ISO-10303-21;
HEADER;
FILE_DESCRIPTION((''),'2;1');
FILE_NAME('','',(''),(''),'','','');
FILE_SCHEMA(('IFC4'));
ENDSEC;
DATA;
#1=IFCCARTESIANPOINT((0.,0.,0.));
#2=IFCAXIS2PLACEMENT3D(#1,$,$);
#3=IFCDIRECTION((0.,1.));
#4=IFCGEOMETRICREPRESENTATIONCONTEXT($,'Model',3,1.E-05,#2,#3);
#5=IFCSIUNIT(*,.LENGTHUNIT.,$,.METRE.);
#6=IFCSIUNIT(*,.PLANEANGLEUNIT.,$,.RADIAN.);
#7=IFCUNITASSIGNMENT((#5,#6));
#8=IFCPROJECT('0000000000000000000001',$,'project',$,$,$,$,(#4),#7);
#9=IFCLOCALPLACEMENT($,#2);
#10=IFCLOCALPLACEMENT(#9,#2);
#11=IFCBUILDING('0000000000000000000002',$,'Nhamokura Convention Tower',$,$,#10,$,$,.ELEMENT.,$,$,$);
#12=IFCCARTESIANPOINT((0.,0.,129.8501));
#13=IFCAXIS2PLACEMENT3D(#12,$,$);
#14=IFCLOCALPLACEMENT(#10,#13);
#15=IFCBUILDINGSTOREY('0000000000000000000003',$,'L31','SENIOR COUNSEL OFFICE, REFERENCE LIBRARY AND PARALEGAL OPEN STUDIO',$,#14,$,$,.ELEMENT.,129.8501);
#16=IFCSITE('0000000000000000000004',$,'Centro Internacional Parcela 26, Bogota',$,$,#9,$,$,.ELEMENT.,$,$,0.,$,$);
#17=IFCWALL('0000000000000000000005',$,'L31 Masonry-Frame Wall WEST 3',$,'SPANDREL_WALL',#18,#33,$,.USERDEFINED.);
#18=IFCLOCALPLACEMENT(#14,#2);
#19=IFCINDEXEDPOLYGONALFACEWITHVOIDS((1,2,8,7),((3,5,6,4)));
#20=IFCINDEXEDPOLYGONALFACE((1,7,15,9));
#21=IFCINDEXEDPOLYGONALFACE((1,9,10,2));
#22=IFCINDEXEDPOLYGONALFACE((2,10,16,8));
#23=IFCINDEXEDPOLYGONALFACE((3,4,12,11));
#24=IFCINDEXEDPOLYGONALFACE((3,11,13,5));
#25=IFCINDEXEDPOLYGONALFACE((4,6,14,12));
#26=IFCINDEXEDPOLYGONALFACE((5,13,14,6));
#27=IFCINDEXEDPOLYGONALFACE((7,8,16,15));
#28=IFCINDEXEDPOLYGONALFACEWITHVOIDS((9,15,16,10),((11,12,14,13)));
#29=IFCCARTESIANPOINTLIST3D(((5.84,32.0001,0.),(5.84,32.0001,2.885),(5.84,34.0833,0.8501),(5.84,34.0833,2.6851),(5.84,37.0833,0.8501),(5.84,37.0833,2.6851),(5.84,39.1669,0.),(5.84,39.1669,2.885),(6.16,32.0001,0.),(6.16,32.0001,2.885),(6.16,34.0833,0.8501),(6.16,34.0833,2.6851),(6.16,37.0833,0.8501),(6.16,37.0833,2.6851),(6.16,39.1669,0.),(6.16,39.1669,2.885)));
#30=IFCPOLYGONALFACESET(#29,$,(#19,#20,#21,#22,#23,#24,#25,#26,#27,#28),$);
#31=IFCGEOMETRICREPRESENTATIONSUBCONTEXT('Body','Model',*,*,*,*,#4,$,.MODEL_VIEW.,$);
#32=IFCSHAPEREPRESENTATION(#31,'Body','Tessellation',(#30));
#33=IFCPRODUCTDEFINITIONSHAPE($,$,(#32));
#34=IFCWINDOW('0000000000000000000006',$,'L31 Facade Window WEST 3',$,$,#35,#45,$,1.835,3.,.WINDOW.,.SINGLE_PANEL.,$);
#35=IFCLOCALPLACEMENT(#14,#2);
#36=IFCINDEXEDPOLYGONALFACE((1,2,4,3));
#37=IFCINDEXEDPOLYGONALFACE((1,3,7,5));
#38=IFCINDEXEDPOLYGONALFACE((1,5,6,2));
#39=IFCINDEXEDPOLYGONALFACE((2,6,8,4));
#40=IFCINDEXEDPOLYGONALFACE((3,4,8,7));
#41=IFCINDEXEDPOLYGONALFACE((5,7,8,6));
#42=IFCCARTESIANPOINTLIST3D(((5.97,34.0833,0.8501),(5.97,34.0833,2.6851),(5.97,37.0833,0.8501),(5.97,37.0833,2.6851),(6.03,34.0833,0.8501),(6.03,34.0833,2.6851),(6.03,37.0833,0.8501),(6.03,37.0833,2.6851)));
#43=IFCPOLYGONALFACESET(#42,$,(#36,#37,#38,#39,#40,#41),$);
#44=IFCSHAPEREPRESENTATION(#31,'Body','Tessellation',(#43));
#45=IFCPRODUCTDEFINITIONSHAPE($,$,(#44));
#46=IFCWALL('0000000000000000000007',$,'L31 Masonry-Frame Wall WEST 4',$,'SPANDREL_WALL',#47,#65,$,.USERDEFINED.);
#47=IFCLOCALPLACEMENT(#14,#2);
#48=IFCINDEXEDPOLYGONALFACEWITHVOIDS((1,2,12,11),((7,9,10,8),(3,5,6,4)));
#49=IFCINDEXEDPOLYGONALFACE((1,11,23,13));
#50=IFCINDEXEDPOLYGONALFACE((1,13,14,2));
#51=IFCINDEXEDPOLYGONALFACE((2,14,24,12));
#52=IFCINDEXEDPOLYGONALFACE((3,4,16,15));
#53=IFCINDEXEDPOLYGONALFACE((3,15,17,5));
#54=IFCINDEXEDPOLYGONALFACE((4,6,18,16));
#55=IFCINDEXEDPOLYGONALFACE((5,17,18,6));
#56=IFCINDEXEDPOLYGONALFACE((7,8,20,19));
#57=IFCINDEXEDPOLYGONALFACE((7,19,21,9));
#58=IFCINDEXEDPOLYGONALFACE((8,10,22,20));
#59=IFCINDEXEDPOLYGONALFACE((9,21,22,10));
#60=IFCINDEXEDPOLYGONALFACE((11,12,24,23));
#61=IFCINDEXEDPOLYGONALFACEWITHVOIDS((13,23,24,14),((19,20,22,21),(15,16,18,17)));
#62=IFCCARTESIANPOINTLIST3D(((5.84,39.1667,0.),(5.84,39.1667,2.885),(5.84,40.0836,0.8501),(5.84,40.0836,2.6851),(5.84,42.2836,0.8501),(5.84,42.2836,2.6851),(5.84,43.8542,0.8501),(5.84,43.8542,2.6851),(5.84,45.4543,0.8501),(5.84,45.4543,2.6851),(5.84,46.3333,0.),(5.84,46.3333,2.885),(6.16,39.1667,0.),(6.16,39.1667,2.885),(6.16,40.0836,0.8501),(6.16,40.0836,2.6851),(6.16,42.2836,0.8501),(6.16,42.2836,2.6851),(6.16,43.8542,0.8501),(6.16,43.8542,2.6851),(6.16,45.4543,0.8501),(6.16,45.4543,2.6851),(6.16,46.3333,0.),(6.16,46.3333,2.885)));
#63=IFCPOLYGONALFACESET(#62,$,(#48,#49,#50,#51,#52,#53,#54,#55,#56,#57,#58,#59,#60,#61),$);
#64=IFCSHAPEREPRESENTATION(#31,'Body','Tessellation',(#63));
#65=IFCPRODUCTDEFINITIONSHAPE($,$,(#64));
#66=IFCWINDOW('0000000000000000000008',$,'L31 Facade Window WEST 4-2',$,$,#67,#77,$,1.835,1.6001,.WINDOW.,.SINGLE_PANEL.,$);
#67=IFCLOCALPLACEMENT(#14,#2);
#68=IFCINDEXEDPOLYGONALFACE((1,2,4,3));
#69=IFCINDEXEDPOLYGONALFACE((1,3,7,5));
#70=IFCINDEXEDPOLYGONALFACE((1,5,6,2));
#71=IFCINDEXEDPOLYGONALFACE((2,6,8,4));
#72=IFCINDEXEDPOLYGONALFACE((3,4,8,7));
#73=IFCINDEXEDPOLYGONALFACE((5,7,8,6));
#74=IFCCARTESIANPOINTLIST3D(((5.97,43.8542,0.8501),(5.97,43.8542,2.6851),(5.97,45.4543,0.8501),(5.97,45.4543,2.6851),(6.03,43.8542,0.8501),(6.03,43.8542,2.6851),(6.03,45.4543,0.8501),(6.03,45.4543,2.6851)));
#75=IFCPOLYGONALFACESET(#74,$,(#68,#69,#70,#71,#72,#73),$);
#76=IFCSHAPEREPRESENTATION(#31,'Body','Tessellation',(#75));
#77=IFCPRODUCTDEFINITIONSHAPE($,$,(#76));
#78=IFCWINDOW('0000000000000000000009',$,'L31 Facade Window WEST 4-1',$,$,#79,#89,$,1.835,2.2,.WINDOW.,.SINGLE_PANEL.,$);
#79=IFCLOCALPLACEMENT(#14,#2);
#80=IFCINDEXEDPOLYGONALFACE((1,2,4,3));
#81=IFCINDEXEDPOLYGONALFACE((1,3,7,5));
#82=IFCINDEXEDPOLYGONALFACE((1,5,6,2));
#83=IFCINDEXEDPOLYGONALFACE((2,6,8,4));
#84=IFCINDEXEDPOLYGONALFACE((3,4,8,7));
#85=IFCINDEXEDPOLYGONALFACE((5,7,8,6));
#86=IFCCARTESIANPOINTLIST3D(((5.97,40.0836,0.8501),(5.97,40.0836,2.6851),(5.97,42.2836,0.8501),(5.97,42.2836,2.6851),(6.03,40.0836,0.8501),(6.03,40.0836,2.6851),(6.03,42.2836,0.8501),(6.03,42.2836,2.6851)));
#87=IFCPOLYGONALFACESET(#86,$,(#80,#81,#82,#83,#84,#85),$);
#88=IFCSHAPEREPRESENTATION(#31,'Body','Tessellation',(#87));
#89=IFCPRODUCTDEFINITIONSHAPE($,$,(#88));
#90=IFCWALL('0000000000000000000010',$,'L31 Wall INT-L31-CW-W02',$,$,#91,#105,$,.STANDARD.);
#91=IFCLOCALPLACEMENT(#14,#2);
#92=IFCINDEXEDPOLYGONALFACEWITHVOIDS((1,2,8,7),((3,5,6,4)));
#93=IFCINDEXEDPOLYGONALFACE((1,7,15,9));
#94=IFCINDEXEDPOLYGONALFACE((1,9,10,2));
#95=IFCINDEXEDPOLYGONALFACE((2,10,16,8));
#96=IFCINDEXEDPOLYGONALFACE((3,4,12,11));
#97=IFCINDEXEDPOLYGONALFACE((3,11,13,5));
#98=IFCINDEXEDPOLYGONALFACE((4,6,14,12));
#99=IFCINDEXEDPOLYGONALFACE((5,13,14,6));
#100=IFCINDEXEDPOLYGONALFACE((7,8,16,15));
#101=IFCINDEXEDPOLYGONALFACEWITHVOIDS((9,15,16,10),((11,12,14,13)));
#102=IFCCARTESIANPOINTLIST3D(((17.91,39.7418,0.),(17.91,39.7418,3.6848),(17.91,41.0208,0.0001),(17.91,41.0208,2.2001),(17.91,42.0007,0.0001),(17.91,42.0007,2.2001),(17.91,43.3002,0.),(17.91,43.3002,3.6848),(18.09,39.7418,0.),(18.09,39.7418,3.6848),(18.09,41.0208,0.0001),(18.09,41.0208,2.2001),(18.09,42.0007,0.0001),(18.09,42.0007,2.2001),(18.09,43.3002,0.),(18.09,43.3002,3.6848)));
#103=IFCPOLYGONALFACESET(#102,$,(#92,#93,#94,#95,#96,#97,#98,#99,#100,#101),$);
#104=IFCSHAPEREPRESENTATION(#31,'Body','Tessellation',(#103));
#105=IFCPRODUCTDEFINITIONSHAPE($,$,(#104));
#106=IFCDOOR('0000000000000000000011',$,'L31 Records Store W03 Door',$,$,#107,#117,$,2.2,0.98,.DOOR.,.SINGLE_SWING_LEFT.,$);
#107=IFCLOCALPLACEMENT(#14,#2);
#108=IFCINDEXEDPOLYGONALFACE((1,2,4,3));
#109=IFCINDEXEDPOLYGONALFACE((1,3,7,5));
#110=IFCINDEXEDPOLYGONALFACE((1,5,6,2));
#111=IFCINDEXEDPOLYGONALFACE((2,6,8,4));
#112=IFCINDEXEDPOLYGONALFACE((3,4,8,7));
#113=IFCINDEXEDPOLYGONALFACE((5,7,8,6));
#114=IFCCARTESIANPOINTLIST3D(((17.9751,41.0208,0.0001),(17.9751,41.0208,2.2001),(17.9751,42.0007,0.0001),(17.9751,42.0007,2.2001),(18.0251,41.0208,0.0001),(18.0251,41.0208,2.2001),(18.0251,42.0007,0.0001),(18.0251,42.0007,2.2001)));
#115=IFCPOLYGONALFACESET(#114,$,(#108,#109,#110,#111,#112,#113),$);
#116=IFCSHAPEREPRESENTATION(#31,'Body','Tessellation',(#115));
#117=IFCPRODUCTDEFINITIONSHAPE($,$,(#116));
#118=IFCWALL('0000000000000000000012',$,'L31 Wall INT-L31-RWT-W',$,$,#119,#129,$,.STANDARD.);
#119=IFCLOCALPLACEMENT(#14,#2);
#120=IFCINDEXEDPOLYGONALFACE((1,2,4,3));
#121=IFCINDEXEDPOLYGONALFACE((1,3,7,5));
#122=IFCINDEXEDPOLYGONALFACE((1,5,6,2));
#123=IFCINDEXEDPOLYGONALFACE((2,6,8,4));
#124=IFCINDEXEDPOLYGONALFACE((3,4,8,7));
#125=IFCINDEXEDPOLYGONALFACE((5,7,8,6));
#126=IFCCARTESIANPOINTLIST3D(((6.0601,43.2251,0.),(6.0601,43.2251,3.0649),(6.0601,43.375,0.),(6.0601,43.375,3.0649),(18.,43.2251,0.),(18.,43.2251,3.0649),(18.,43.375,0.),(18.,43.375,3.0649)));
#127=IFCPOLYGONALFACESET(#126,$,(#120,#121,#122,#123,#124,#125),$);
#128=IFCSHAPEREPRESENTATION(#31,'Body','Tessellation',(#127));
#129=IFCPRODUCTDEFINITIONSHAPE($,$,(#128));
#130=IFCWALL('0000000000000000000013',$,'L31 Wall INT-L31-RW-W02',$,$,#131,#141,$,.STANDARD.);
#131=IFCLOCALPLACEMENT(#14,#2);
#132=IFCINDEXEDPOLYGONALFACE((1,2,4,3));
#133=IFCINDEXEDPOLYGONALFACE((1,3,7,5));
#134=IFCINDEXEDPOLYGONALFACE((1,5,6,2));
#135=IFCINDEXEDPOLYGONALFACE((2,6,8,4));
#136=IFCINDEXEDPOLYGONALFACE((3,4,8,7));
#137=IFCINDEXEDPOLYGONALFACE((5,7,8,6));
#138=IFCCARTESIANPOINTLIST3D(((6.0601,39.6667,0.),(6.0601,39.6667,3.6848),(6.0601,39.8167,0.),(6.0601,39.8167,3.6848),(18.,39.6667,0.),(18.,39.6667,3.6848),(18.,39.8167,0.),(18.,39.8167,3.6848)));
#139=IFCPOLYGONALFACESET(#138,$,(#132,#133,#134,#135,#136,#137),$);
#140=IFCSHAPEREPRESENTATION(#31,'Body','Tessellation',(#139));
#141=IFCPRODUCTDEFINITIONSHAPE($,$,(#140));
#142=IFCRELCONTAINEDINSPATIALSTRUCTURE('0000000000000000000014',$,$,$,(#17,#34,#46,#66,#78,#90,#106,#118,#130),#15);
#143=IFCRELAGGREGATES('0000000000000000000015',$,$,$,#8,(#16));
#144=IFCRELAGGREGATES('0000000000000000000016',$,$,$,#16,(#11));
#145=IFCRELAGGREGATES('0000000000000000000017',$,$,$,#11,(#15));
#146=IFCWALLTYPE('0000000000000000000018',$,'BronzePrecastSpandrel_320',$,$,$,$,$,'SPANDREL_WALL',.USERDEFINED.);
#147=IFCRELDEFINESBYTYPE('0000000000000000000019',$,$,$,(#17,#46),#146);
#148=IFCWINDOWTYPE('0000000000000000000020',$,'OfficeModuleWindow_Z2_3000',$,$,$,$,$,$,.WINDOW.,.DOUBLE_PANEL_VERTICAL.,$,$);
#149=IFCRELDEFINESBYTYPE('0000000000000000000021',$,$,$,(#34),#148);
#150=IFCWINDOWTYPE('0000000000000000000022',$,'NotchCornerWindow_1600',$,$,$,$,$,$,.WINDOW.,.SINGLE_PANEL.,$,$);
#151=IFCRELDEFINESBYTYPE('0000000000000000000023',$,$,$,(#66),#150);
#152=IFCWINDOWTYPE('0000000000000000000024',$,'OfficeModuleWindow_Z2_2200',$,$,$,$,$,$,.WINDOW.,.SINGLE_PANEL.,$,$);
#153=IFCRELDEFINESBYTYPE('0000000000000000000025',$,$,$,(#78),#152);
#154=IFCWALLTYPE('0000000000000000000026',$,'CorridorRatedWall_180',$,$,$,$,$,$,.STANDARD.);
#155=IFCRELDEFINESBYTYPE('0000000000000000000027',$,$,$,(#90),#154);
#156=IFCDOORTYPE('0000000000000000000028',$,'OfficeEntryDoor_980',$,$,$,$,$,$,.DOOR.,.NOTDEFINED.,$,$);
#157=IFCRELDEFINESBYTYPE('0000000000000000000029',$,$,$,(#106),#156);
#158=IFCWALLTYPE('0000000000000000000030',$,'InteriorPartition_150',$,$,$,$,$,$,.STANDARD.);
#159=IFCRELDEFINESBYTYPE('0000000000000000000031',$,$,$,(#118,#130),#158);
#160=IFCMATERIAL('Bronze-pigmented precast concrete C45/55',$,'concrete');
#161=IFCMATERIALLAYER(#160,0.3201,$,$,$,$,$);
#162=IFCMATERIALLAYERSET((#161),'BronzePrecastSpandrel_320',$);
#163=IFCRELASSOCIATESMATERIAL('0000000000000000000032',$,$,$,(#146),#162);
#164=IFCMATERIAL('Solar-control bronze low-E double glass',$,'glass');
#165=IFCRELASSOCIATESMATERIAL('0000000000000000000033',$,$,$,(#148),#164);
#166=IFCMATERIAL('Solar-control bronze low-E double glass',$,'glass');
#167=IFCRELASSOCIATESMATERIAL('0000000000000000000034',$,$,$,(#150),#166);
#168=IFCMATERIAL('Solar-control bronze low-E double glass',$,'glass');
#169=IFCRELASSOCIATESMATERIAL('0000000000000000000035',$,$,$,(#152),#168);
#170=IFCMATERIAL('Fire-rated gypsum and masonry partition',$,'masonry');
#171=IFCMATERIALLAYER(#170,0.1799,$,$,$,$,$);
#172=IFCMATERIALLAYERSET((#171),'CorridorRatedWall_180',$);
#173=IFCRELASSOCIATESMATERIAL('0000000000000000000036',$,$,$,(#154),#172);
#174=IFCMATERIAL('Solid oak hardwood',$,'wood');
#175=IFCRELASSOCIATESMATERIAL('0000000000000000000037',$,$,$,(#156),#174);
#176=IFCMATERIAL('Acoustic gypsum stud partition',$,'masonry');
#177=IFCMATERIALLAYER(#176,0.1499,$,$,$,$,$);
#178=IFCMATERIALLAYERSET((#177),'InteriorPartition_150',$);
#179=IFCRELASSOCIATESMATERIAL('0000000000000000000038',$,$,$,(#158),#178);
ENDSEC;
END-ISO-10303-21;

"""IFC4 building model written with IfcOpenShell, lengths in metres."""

from ifc_helpers import new_model, si_unit, direction, frame, frame_2d, origin, place, context, subcontext, project, spatial, rectangle, extrude, material, layer, layer_set, type_object, element, fill, save


model = new_model("IFC4")

# Units and contexts
model_context = context("Model", 3, precision=1e-05, world=origin(), true_north=direction((0.0, 1.0)))
body_context = subcontext(model_context, "Body", "Model", "MODEL_VIEW")
ifc_project = project(units=[si_unit("LENGTHUNIT", "METRE"), si_unit("PLANEANGLEUNIT", "RADIAN")], contexts=[model_context])

# Site, building, storey
site_placement = place(None, origin())
site = spatial("IfcSite", under=ifc_project, at=site_placement, Name="Centro Internacional Parcela 26, Bogota", CompositionType="ELEMENT", RefElevation=0.0)
building_placement = place(site_placement, origin())
building = spatial("IfcBuilding", under=site, at=building_placement, Name="Nhamokura Convention Tower", CompositionType="ELEMENT")
storey_placement = place(building_placement, frame((0.0, 0.0, 129.8501)))
storey = spatial("IfcBuildingStorey", under=building, at=storey_placement, Name="L31", Description="SENIOR COUNSEL OFFICE, REFERENCE LIBRARY AND PARALEGAL OPEN STUDIO", CompositionType="ELEMENT", Elevation=129.8501)

# Wall, opening, window
ifc_material_1 = material(Name="Bronze-pigmented precast concrete C45/55", Category="concrete")
ifc_layer_1 = layer(ifc_material_1, 0.3201)
ifc_layer_set_1 = layer_set([ifc_layer_1], Name="BronzePrecastSpandrel_320")
wall_type_1 = type_object("IfcWallType", Name="BronzePrecastSpandrel_320", ElementType="SPANDREL_WALL", PredefinedType="USERDEFINED", material=ifc_layer_set_1)
wall_1_placement = place(storey_placement, frame((6.0, 32.0, 0.0), z_axis=(0.0, 0.0, 1.0), x_axis=(0.0, 1.0, 0.0)))
wall_1 = element("IfcWall", 1, at=wall_1_placement, inside=storey, type_object=wall_type_1, Name="L31 Masonry-Frame Wall WEST 3", ObjectType="SPANDREL_WALL", PredefinedType="USERDEFINED", context=body_context, shape_type="SweptSolid", body=[
    extrude(rectangle(XDim=7.1667, YDim=0.3201, at=frame_2d((3.5835, 0.0))), origin(), (0.0, 0.0, 1.0), 2.885),
])
opening_1_placement = place(wall_1_placement, frame((2.0833, 0.0, 0.8501)))
opening_1 = element("IfcOpeningElement", 2, at=opening_1_placement, cuts=wall_1, PredefinedType="OPENING", context=body_context, shape_type="SweptSolid", body=[
    extrude(rectangle(XDim=3.0, YDim=1.835, at=frame_2d((1.5, 0.9175))), frame((0.0, 0.1699, 0.0), z_axis=(0.0, -1.0, 0.0), x_axis=(1.0, 0.0, 0.0)), (0.0, 0.0, 1.0), 0.3401),
])
ifc_material_2 = material(Name="Solar-control bronze low-E double glass", Category="glass")
window_type_1 = type_object("IfcWindowType", Name="OfficeModuleWindow_Z2_3000", PartitioningType="DOUBLE_PANEL_VERTICAL", PredefinedType="WINDOW", material=ifc_material_2)
window_1_placement = place(opening_1_placement, origin())
window_1 = element("IfcWindow", 3, at=window_1_placement, inside=storey, type_object=window_type_1, Name="L31 Facade Window WEST 3", OverallHeight=1.835, OverallWidth=3.0, PartitioningType="SINGLE_PANEL", PredefinedType="WINDOW", context=body_context, shape_type="SweptSolid", body=[
    extrude(rectangle(XDim=3.0, YDim=1.835, at=frame_2d((1.5, 0.9175))), frame((0.0, 0.03, 0.0), z_axis=(0.0, -1.0, 0.0), x_axis=(1.0, 0.0, 0.0)), (0.0, 0.0, 1.0), 0.0601),
])
fill(opening_1, window_1)

# Wall, openings, windows
wall_2_placement = place(storey_placement, frame((6.0, 39.1667, 0.0), z_axis=(0.0, 0.0, 1.0), x_axis=(0.0, 1.0, 0.0)))
wall_2 = element("IfcWall", 4, at=wall_2_placement, inside=storey, type_object=wall_type_1, Name="L31 Masonry-Frame Wall WEST 4", ObjectType="SPANDREL_WALL", PredefinedType="USERDEFINED", context=body_context, shape_type="SweptSolid", body=[
    extrude(rectangle(XDim=7.1665, YDim=0.3201, at=frame_2d((3.5833, 0.0))), origin(), (0.0, 0.0, 1.0), 2.885),
])
opening_2_placement = place(wall_2_placement, frame((0.9167, 0.0, 0.8501)))
opening_2 = element("IfcOpeningElement", 5, at=opening_2_placement, cuts=wall_2, PredefinedType="OPENING", context=body_context, shape_type="SweptSolid", body=[
    extrude(rectangle(XDim=2.2, YDim=1.835, at=frame_2d((1.1001, 0.9175))), frame((0.0, 0.1699, 0.0), z_axis=(0.0, -1.0, 0.0), x_axis=(1.0, 0.0, 0.0)), (0.0, 0.0, 1.0), 0.3401),
])
opening_3_placement = place(wall_2_placement, frame((4.6875, 0.0, 0.8501)))
opening_3 = element("IfcOpeningElement", 6, at=opening_3_placement, cuts=wall_2, PredefinedType="OPENING", context=body_context, shape_type="SweptSolid", body=[
    extrude(rectangle(XDim=1.6001, YDim=1.835, at=frame_2d((0.8, 0.9175))), frame((0.0, 0.1699, 0.0), z_axis=(0.0, -1.0, 0.0), x_axis=(1.0, 0.0, 0.0)), (0.0, 0.0, 1.0), 0.3401),
])
ifc_material_3 = material(Name="Solar-control bronze low-E double glass", Category="glass")
window_type_2 = type_object("IfcWindowType", Name="NotchCornerWindow_1600", PartitioningType="SINGLE_PANEL", PredefinedType="WINDOW", material=ifc_material_3)
window_2_placement = place(opening_3_placement, origin())
window_2 = element("IfcWindow", 7, at=window_2_placement, inside=storey, type_object=window_type_2, Name="L31 Facade Window WEST 4-2", OverallHeight=1.835, OverallWidth=1.6001, PartitioningType="SINGLE_PANEL", PredefinedType="WINDOW", context=body_context, shape_type="SweptSolid", body=[
    extrude(rectangle(XDim=1.6001, YDim=1.835, at=frame_2d((0.8, 0.9175))), frame((0.0, 0.03, 0.0), z_axis=(0.0, -1.0, 0.0), x_axis=(1.0, 0.0, 0.0)), (0.0, 0.0, 1.0), 0.0601),
])
fill(opening_3, window_2)
ifc_material_4 = material(Name="Solar-control bronze low-E double glass", Category="glass")
window_type_3 = type_object("IfcWindowType", Name="OfficeModuleWindow_Z2_2200", PartitioningType="SINGLE_PANEL", PredefinedType="WINDOW", material=ifc_material_4)
window_3_placement = place(opening_2_placement, origin())
window_3 = element("IfcWindow", 8, at=window_3_placement, inside=storey, type_object=window_type_3, Name="L31 Facade Window WEST 4-1", OverallHeight=1.835, OverallWidth=2.2, PartitioningType="SINGLE_PANEL", PredefinedType="WINDOW", context=body_context, shape_type="SweptSolid", body=[
    extrude(rectangle(XDim=2.2, YDim=1.835, at=frame_2d((1.1001, 0.9175))), frame((0.0, 0.03, 0.0), z_axis=(0.0, -1.0, 0.0), x_axis=(1.0, 0.0, 0.0)), (0.0, 0.0, 1.0), 0.0601),
])
fill(opening_2, window_3)

# Wall, opening, door
ifc_material_5 = material(Name="Fire-rated gypsum and masonry partition", Category="masonry")
ifc_layer_2 = layer(ifc_material_5, 0.1799)
ifc_layer_set_2 = layer_set([ifc_layer_2], Name="CorridorRatedWall_180")
wall_type_2 = type_object("IfcWallType", Name="CorridorRatedWall_180", PredefinedType="STANDARD", material=ifc_layer_set_2)
wall_3_placement = place(storey_placement, frame((18.0, 39.7417, 0.0), z_axis=(0.0, 0.0, 1.0), x_axis=(0.0, 1.0, 0.0)))
wall_3 = element("IfcWall", 9, at=wall_3_placement, inside=storey, type_object=wall_type_2, Name="L31 Wall INT-L31-CW-W02", PredefinedType="STANDARD", context=body_context, shape_type="SweptSolid", body=[
    extrude(rectangle(XDim=3.5583, YDim=0.1799, at=frame_2d((1.7793, 0.0))), origin(), (0.0, 0.0, 1.0), 3.6848),
])
opening_4_placement = place(wall_3_placement, frame((1.2791, 0.0, 0.0)))
opening_4 = element("IfcOpeningElement", 10, at=opening_4_placement, cuts=wall_3, PredefinedType="OPENING", context=body_context, shape_type="SweptSolid", body=[
    extrude(rectangle(XDim=0.98, YDim=2.2, at=frame_2d((0.49, 1.1001))), frame((0.0, 0.0999, 0.0), z_axis=(0.0, -1.0, 0.0), x_axis=(1.0, 0.0, 0.0)), (0.0, 0.0, 1.0), 0.2),
])
ifc_material_6 = material(Name="Solid oak hardwood", Category="wood")
door_type = type_object("IfcDoorType", Name="OfficeEntryDoor_980", OperationType="NOTDEFINED", PredefinedType="DOOR", material=ifc_material_6)
door_placement = place(opening_4_placement, origin())
door = element("IfcDoor", 11, at=door_placement, inside=storey, type_object=door_type, Name="L31 Records Store W03 Door", OperationType="SINGLE_SWING_LEFT", OverallHeight=2.2, OverallWidth=0.98, PredefinedType="DOOR", context=body_context, shape_type="SweptSolid", body=[
    extrude(rectangle(XDim=0.98, YDim=2.2, at=frame_2d((0.49, 1.1001))), frame((0.0, 0.0249, 0.0), z_axis=(0.0, -1.0, 0.0), x_axis=(1.0, 0.0, 0.0)), (0.0, 0.0, 1.0), 0.05),
])
fill(opening_4, door)

# Walls
ifc_material_7 = material(Name="Acoustic gypsum stud partition", Category="masonry")
ifc_layer_3 = layer(ifc_material_7, 0.1499)
ifc_layer_set_3 = layer_set([ifc_layer_3], Name="InteriorPartition_150")
wall_type_3 = type_object("IfcWallType", Name="InteriorPartition_150", PredefinedType="STANDARD", material=ifc_layer_set_3)
wall_4_placement = place(storey_placement, frame((6.0601, 43.3, 0.0), z_axis=(0.0, 0.0, 1.0), x_axis=(1.0, 0.0, 0.0)))
element("IfcWall", 12, at=wall_4_placement, inside=storey, type_object=wall_type_3, Name="L31 Wall INT-L31-RWT-W", PredefinedType="STANDARD", context=body_context, shape_type="SweptSolid", body=[
    extrude(rectangle(XDim=11.9399, YDim=0.1499, at=frame_2d((5.97, 0.0))), origin(), (0.0, 0.0, 1.0), 3.0649),
])
wall_5_placement = place(storey_placement, frame((6.0601, 39.7417, 0.0), z_axis=(0.0, 0.0, 1.0), x_axis=(1.0, 0.0, 0.0)))
element("IfcWall", 13, at=wall_5_placement, inside=storey, type_object=wall_type_3, Name="L31 Wall INT-L31-RW-W02", PredefinedType="STANDARD", context=body_context, shape_type="SweptSolid", body=[
    extrude(rectangle(XDim=11.9399, YDim=0.1499, at=frame_2d((5.97, 0.0))), origin(), (0.0, 0.0, 1.0), 3.6848),
])

save(model, "model.ifc")
